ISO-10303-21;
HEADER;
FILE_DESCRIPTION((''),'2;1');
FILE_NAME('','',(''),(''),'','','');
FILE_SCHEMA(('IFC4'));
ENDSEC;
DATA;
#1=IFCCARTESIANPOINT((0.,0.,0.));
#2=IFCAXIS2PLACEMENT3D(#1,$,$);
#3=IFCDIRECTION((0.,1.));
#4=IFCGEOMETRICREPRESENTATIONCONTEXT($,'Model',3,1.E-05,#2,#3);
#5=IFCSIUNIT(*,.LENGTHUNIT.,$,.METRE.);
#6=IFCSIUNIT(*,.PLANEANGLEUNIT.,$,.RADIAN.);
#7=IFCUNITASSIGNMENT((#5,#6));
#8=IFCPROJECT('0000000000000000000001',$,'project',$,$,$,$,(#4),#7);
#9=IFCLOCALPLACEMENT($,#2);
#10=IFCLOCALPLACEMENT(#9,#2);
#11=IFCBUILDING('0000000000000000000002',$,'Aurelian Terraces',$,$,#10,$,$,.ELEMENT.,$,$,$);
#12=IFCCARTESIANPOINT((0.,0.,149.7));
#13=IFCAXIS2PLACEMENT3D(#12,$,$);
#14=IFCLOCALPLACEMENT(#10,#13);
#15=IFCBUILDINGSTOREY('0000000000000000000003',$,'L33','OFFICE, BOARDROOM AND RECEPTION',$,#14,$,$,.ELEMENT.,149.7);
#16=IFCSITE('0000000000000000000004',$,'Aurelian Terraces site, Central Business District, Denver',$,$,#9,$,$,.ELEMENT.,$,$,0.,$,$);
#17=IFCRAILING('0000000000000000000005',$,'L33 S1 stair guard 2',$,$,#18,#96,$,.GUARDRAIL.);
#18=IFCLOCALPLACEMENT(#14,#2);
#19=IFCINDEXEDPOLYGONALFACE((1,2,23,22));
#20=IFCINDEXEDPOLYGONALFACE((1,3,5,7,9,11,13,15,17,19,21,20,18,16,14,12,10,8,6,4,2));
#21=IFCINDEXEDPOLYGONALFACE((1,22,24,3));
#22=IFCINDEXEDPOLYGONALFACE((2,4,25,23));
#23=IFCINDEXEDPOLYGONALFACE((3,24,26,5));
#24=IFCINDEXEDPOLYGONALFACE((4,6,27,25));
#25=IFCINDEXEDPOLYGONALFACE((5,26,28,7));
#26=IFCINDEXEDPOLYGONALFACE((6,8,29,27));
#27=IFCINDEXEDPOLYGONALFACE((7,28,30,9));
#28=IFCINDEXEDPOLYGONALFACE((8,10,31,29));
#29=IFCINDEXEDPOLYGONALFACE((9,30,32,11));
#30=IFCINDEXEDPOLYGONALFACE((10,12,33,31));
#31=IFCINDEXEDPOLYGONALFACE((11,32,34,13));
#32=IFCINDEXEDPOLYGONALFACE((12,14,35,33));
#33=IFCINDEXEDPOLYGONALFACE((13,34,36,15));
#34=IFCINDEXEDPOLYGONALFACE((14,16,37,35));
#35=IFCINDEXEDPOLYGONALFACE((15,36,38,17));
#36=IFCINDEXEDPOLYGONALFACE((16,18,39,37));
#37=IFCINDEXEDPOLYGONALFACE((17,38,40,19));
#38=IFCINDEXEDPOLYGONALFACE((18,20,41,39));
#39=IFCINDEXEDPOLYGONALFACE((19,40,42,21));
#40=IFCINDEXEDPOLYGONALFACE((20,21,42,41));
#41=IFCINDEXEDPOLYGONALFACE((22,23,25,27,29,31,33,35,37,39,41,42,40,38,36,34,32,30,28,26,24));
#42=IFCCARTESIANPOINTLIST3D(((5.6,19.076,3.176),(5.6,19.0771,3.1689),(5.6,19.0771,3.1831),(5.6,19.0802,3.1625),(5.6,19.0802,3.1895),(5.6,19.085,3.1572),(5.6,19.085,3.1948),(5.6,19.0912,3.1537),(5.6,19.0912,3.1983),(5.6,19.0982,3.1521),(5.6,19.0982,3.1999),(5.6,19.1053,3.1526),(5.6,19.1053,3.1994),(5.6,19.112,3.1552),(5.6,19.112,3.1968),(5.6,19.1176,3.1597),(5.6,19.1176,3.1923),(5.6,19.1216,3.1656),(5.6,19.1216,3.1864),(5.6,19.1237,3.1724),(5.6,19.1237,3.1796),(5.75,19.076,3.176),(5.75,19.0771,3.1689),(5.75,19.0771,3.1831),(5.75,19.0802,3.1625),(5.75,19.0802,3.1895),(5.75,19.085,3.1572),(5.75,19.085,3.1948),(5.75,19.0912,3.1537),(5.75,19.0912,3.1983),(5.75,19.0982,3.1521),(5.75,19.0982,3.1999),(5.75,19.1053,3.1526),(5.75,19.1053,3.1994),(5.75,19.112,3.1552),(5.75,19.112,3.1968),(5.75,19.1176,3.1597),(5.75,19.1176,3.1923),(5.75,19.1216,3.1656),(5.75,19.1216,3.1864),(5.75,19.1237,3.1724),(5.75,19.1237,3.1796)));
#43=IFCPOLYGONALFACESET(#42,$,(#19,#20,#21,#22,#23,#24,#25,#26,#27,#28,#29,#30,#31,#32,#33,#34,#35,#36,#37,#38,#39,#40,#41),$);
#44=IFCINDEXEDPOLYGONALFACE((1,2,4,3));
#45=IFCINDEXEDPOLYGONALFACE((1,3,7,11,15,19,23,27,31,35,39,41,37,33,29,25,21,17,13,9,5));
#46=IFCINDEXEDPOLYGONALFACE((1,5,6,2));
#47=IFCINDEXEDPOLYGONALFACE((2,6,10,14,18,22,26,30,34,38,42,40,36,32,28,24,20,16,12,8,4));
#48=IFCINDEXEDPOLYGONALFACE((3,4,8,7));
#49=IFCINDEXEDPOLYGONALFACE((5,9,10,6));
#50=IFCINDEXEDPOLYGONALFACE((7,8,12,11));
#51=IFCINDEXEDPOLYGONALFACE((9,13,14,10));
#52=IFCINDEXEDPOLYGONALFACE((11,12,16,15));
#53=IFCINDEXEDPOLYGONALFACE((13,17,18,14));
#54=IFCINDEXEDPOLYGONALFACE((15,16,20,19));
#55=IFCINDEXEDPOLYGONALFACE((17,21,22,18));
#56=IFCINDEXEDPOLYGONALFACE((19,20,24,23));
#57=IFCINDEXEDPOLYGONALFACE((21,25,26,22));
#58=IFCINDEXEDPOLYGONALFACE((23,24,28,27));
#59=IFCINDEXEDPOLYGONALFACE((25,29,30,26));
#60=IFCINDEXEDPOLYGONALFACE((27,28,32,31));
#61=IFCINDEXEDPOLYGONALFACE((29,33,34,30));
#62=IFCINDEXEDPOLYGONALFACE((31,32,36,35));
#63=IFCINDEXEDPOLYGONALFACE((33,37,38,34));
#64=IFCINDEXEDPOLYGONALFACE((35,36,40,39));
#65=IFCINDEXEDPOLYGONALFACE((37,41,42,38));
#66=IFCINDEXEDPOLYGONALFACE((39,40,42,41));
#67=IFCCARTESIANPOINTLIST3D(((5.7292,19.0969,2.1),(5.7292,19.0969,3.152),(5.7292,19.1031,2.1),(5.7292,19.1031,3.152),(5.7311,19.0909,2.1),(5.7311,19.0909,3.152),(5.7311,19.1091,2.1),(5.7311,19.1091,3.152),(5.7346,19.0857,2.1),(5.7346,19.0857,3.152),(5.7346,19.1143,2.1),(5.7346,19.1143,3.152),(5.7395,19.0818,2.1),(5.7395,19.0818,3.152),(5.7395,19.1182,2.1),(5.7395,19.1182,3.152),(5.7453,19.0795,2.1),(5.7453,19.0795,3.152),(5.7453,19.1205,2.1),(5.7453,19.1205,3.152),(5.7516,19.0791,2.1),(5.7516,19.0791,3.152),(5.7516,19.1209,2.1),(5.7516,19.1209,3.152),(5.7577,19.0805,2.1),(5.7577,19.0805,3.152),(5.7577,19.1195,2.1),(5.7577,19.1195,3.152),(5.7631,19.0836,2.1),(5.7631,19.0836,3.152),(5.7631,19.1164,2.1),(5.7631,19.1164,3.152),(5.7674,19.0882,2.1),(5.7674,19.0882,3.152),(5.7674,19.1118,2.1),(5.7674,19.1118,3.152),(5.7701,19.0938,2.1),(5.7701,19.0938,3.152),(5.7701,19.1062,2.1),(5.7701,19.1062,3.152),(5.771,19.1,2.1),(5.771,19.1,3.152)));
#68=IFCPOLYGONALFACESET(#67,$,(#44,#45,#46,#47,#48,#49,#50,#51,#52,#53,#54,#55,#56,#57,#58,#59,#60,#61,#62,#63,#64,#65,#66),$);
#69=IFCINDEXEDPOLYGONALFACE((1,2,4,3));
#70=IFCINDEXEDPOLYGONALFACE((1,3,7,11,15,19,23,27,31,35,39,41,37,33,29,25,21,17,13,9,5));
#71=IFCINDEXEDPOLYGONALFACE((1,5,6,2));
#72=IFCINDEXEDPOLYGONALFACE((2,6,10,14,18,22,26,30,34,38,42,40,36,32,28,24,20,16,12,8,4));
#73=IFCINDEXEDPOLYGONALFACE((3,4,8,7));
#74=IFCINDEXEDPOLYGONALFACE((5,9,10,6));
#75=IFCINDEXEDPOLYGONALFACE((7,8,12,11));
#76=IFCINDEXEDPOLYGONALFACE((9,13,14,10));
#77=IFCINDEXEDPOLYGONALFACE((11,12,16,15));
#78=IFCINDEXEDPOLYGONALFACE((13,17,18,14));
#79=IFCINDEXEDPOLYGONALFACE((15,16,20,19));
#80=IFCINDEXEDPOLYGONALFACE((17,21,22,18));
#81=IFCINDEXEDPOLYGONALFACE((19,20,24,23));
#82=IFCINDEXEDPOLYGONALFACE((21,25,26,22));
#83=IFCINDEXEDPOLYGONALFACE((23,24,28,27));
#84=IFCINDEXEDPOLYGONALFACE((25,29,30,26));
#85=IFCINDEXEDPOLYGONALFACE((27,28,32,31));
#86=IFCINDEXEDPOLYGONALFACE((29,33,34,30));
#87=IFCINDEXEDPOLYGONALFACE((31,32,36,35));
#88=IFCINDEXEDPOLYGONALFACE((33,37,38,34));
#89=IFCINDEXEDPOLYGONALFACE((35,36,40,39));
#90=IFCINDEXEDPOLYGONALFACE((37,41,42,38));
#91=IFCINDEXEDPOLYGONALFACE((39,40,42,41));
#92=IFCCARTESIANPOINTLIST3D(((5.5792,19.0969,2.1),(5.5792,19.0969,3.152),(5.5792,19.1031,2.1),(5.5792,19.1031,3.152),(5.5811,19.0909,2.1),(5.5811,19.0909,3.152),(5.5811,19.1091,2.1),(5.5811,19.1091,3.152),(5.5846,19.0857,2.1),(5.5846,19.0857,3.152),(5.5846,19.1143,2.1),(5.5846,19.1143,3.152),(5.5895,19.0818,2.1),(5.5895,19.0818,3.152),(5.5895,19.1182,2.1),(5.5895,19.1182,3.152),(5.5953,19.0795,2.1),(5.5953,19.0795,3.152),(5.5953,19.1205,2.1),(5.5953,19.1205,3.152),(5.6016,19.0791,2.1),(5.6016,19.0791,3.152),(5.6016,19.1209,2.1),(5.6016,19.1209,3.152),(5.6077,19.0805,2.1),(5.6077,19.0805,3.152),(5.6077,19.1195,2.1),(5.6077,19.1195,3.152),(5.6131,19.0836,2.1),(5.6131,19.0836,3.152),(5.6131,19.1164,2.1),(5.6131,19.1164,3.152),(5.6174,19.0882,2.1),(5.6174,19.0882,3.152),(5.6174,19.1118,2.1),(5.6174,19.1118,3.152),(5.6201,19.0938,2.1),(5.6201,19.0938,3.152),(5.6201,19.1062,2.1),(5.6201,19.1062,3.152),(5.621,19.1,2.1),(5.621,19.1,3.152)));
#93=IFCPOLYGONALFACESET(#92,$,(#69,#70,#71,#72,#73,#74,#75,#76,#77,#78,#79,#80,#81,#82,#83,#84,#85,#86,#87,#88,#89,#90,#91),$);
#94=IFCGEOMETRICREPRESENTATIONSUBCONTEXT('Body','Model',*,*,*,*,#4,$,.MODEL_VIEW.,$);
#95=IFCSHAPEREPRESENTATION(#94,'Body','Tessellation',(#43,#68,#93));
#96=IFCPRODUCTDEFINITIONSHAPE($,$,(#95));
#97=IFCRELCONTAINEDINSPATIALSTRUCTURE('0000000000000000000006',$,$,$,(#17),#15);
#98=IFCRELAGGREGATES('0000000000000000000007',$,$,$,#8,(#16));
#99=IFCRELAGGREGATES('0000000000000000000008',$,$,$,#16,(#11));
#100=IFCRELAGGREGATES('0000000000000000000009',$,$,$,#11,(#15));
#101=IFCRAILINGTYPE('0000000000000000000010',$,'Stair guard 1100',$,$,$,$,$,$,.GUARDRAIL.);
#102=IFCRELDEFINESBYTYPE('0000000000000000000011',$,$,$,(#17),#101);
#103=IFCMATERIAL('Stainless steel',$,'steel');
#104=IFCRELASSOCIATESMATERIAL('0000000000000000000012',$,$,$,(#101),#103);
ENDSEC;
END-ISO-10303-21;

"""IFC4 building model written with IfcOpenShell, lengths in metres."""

from ifc_helpers import new_model, si_unit, direction, frame, origin, origin_2d, place, context, subcontext, project, spatial, circle, extrude, source, transform, mapped, material, type_object, element, save


model = new_model("IFC4")

# Units and contexts
model_context = context("Model", 3, precision=1e-05, world=origin(), true_north=direction((0.0, 1.0)))
body_context = subcontext(model_context, "Body", "Model", "MODEL_VIEW")
ifc_project = project(units=[si_unit("LENGTHUNIT", "METRE"), si_unit("PLANEANGLEUNIT", "RADIAN")], contexts=[model_context])

# Site, building, storey
site_placement = place(None, origin())
site = spatial("IfcSite", under=ifc_project, at=site_placement, Name="Aurelian Terraces site, Central Business District, Denver", CompositionType="ELEMENT", RefElevation=0.0)
building_placement = place(site_placement, origin())
building = spatial("IfcBuilding", under=site, at=building_placement, Name="Aurelian Terraces", CompositionType="ELEMENT")
storey_placement = place(building_placement, frame((0.0, 0.0, 149.7)))
storey = spatial("IfcBuildingStorey", under=building, at=storey_placement, Name="L33", Description="OFFICE, BOARDROOM AND RECEPTION", CompositionType="ELEMENT", Elevation=149.7)

# Railing
ifc_material_1 = material(Name="Stainless steel", Category="steel")
railing_type_1 = type_object("IfcRailingType", Name="Stair guard 1100", PredefinedType="GUARDRAIL", material=ifc_material_1)
shared_shape_1 = source(origin(), body_context, "Body", "SweptSolid", [
    extrude(circle(Radius=0.024, at=origin_2d()), frame((0.0, 0.0, 1.076), z_axis=(-1.0, 0.0, 0.0), x_axis=(0.0, -1.0, 0.0)), (0.0, 0.0, 1.0), 0.15),
    extrude(circle(Radius=0.021, at=origin_2d()), origin(), (0.0, 0.0, 1.0), 1.052),
    extrude(circle(Radius=0.021, at=origin_2d()), frame((-0.15, 0.0, 0.0)), (0.0, 0.0, 1.0), 1.052),
])
railing_1_placement = place(storey_placement, frame((5.75, 19.1, 2.1)))
element("IfcRailing", 1, at=railing_1_placement, inside=storey, type_object=railing_type_1, Name="L33 S1 stair guard 2", PredefinedType="GUARDRAIL", context=body_context, shape_type="MappedRepresentation", body=[
    mapped(shared_shape_1, transform((0.0, 0.0, 0.0), scale=1.0)),
])

save(model, "model.ifc")
